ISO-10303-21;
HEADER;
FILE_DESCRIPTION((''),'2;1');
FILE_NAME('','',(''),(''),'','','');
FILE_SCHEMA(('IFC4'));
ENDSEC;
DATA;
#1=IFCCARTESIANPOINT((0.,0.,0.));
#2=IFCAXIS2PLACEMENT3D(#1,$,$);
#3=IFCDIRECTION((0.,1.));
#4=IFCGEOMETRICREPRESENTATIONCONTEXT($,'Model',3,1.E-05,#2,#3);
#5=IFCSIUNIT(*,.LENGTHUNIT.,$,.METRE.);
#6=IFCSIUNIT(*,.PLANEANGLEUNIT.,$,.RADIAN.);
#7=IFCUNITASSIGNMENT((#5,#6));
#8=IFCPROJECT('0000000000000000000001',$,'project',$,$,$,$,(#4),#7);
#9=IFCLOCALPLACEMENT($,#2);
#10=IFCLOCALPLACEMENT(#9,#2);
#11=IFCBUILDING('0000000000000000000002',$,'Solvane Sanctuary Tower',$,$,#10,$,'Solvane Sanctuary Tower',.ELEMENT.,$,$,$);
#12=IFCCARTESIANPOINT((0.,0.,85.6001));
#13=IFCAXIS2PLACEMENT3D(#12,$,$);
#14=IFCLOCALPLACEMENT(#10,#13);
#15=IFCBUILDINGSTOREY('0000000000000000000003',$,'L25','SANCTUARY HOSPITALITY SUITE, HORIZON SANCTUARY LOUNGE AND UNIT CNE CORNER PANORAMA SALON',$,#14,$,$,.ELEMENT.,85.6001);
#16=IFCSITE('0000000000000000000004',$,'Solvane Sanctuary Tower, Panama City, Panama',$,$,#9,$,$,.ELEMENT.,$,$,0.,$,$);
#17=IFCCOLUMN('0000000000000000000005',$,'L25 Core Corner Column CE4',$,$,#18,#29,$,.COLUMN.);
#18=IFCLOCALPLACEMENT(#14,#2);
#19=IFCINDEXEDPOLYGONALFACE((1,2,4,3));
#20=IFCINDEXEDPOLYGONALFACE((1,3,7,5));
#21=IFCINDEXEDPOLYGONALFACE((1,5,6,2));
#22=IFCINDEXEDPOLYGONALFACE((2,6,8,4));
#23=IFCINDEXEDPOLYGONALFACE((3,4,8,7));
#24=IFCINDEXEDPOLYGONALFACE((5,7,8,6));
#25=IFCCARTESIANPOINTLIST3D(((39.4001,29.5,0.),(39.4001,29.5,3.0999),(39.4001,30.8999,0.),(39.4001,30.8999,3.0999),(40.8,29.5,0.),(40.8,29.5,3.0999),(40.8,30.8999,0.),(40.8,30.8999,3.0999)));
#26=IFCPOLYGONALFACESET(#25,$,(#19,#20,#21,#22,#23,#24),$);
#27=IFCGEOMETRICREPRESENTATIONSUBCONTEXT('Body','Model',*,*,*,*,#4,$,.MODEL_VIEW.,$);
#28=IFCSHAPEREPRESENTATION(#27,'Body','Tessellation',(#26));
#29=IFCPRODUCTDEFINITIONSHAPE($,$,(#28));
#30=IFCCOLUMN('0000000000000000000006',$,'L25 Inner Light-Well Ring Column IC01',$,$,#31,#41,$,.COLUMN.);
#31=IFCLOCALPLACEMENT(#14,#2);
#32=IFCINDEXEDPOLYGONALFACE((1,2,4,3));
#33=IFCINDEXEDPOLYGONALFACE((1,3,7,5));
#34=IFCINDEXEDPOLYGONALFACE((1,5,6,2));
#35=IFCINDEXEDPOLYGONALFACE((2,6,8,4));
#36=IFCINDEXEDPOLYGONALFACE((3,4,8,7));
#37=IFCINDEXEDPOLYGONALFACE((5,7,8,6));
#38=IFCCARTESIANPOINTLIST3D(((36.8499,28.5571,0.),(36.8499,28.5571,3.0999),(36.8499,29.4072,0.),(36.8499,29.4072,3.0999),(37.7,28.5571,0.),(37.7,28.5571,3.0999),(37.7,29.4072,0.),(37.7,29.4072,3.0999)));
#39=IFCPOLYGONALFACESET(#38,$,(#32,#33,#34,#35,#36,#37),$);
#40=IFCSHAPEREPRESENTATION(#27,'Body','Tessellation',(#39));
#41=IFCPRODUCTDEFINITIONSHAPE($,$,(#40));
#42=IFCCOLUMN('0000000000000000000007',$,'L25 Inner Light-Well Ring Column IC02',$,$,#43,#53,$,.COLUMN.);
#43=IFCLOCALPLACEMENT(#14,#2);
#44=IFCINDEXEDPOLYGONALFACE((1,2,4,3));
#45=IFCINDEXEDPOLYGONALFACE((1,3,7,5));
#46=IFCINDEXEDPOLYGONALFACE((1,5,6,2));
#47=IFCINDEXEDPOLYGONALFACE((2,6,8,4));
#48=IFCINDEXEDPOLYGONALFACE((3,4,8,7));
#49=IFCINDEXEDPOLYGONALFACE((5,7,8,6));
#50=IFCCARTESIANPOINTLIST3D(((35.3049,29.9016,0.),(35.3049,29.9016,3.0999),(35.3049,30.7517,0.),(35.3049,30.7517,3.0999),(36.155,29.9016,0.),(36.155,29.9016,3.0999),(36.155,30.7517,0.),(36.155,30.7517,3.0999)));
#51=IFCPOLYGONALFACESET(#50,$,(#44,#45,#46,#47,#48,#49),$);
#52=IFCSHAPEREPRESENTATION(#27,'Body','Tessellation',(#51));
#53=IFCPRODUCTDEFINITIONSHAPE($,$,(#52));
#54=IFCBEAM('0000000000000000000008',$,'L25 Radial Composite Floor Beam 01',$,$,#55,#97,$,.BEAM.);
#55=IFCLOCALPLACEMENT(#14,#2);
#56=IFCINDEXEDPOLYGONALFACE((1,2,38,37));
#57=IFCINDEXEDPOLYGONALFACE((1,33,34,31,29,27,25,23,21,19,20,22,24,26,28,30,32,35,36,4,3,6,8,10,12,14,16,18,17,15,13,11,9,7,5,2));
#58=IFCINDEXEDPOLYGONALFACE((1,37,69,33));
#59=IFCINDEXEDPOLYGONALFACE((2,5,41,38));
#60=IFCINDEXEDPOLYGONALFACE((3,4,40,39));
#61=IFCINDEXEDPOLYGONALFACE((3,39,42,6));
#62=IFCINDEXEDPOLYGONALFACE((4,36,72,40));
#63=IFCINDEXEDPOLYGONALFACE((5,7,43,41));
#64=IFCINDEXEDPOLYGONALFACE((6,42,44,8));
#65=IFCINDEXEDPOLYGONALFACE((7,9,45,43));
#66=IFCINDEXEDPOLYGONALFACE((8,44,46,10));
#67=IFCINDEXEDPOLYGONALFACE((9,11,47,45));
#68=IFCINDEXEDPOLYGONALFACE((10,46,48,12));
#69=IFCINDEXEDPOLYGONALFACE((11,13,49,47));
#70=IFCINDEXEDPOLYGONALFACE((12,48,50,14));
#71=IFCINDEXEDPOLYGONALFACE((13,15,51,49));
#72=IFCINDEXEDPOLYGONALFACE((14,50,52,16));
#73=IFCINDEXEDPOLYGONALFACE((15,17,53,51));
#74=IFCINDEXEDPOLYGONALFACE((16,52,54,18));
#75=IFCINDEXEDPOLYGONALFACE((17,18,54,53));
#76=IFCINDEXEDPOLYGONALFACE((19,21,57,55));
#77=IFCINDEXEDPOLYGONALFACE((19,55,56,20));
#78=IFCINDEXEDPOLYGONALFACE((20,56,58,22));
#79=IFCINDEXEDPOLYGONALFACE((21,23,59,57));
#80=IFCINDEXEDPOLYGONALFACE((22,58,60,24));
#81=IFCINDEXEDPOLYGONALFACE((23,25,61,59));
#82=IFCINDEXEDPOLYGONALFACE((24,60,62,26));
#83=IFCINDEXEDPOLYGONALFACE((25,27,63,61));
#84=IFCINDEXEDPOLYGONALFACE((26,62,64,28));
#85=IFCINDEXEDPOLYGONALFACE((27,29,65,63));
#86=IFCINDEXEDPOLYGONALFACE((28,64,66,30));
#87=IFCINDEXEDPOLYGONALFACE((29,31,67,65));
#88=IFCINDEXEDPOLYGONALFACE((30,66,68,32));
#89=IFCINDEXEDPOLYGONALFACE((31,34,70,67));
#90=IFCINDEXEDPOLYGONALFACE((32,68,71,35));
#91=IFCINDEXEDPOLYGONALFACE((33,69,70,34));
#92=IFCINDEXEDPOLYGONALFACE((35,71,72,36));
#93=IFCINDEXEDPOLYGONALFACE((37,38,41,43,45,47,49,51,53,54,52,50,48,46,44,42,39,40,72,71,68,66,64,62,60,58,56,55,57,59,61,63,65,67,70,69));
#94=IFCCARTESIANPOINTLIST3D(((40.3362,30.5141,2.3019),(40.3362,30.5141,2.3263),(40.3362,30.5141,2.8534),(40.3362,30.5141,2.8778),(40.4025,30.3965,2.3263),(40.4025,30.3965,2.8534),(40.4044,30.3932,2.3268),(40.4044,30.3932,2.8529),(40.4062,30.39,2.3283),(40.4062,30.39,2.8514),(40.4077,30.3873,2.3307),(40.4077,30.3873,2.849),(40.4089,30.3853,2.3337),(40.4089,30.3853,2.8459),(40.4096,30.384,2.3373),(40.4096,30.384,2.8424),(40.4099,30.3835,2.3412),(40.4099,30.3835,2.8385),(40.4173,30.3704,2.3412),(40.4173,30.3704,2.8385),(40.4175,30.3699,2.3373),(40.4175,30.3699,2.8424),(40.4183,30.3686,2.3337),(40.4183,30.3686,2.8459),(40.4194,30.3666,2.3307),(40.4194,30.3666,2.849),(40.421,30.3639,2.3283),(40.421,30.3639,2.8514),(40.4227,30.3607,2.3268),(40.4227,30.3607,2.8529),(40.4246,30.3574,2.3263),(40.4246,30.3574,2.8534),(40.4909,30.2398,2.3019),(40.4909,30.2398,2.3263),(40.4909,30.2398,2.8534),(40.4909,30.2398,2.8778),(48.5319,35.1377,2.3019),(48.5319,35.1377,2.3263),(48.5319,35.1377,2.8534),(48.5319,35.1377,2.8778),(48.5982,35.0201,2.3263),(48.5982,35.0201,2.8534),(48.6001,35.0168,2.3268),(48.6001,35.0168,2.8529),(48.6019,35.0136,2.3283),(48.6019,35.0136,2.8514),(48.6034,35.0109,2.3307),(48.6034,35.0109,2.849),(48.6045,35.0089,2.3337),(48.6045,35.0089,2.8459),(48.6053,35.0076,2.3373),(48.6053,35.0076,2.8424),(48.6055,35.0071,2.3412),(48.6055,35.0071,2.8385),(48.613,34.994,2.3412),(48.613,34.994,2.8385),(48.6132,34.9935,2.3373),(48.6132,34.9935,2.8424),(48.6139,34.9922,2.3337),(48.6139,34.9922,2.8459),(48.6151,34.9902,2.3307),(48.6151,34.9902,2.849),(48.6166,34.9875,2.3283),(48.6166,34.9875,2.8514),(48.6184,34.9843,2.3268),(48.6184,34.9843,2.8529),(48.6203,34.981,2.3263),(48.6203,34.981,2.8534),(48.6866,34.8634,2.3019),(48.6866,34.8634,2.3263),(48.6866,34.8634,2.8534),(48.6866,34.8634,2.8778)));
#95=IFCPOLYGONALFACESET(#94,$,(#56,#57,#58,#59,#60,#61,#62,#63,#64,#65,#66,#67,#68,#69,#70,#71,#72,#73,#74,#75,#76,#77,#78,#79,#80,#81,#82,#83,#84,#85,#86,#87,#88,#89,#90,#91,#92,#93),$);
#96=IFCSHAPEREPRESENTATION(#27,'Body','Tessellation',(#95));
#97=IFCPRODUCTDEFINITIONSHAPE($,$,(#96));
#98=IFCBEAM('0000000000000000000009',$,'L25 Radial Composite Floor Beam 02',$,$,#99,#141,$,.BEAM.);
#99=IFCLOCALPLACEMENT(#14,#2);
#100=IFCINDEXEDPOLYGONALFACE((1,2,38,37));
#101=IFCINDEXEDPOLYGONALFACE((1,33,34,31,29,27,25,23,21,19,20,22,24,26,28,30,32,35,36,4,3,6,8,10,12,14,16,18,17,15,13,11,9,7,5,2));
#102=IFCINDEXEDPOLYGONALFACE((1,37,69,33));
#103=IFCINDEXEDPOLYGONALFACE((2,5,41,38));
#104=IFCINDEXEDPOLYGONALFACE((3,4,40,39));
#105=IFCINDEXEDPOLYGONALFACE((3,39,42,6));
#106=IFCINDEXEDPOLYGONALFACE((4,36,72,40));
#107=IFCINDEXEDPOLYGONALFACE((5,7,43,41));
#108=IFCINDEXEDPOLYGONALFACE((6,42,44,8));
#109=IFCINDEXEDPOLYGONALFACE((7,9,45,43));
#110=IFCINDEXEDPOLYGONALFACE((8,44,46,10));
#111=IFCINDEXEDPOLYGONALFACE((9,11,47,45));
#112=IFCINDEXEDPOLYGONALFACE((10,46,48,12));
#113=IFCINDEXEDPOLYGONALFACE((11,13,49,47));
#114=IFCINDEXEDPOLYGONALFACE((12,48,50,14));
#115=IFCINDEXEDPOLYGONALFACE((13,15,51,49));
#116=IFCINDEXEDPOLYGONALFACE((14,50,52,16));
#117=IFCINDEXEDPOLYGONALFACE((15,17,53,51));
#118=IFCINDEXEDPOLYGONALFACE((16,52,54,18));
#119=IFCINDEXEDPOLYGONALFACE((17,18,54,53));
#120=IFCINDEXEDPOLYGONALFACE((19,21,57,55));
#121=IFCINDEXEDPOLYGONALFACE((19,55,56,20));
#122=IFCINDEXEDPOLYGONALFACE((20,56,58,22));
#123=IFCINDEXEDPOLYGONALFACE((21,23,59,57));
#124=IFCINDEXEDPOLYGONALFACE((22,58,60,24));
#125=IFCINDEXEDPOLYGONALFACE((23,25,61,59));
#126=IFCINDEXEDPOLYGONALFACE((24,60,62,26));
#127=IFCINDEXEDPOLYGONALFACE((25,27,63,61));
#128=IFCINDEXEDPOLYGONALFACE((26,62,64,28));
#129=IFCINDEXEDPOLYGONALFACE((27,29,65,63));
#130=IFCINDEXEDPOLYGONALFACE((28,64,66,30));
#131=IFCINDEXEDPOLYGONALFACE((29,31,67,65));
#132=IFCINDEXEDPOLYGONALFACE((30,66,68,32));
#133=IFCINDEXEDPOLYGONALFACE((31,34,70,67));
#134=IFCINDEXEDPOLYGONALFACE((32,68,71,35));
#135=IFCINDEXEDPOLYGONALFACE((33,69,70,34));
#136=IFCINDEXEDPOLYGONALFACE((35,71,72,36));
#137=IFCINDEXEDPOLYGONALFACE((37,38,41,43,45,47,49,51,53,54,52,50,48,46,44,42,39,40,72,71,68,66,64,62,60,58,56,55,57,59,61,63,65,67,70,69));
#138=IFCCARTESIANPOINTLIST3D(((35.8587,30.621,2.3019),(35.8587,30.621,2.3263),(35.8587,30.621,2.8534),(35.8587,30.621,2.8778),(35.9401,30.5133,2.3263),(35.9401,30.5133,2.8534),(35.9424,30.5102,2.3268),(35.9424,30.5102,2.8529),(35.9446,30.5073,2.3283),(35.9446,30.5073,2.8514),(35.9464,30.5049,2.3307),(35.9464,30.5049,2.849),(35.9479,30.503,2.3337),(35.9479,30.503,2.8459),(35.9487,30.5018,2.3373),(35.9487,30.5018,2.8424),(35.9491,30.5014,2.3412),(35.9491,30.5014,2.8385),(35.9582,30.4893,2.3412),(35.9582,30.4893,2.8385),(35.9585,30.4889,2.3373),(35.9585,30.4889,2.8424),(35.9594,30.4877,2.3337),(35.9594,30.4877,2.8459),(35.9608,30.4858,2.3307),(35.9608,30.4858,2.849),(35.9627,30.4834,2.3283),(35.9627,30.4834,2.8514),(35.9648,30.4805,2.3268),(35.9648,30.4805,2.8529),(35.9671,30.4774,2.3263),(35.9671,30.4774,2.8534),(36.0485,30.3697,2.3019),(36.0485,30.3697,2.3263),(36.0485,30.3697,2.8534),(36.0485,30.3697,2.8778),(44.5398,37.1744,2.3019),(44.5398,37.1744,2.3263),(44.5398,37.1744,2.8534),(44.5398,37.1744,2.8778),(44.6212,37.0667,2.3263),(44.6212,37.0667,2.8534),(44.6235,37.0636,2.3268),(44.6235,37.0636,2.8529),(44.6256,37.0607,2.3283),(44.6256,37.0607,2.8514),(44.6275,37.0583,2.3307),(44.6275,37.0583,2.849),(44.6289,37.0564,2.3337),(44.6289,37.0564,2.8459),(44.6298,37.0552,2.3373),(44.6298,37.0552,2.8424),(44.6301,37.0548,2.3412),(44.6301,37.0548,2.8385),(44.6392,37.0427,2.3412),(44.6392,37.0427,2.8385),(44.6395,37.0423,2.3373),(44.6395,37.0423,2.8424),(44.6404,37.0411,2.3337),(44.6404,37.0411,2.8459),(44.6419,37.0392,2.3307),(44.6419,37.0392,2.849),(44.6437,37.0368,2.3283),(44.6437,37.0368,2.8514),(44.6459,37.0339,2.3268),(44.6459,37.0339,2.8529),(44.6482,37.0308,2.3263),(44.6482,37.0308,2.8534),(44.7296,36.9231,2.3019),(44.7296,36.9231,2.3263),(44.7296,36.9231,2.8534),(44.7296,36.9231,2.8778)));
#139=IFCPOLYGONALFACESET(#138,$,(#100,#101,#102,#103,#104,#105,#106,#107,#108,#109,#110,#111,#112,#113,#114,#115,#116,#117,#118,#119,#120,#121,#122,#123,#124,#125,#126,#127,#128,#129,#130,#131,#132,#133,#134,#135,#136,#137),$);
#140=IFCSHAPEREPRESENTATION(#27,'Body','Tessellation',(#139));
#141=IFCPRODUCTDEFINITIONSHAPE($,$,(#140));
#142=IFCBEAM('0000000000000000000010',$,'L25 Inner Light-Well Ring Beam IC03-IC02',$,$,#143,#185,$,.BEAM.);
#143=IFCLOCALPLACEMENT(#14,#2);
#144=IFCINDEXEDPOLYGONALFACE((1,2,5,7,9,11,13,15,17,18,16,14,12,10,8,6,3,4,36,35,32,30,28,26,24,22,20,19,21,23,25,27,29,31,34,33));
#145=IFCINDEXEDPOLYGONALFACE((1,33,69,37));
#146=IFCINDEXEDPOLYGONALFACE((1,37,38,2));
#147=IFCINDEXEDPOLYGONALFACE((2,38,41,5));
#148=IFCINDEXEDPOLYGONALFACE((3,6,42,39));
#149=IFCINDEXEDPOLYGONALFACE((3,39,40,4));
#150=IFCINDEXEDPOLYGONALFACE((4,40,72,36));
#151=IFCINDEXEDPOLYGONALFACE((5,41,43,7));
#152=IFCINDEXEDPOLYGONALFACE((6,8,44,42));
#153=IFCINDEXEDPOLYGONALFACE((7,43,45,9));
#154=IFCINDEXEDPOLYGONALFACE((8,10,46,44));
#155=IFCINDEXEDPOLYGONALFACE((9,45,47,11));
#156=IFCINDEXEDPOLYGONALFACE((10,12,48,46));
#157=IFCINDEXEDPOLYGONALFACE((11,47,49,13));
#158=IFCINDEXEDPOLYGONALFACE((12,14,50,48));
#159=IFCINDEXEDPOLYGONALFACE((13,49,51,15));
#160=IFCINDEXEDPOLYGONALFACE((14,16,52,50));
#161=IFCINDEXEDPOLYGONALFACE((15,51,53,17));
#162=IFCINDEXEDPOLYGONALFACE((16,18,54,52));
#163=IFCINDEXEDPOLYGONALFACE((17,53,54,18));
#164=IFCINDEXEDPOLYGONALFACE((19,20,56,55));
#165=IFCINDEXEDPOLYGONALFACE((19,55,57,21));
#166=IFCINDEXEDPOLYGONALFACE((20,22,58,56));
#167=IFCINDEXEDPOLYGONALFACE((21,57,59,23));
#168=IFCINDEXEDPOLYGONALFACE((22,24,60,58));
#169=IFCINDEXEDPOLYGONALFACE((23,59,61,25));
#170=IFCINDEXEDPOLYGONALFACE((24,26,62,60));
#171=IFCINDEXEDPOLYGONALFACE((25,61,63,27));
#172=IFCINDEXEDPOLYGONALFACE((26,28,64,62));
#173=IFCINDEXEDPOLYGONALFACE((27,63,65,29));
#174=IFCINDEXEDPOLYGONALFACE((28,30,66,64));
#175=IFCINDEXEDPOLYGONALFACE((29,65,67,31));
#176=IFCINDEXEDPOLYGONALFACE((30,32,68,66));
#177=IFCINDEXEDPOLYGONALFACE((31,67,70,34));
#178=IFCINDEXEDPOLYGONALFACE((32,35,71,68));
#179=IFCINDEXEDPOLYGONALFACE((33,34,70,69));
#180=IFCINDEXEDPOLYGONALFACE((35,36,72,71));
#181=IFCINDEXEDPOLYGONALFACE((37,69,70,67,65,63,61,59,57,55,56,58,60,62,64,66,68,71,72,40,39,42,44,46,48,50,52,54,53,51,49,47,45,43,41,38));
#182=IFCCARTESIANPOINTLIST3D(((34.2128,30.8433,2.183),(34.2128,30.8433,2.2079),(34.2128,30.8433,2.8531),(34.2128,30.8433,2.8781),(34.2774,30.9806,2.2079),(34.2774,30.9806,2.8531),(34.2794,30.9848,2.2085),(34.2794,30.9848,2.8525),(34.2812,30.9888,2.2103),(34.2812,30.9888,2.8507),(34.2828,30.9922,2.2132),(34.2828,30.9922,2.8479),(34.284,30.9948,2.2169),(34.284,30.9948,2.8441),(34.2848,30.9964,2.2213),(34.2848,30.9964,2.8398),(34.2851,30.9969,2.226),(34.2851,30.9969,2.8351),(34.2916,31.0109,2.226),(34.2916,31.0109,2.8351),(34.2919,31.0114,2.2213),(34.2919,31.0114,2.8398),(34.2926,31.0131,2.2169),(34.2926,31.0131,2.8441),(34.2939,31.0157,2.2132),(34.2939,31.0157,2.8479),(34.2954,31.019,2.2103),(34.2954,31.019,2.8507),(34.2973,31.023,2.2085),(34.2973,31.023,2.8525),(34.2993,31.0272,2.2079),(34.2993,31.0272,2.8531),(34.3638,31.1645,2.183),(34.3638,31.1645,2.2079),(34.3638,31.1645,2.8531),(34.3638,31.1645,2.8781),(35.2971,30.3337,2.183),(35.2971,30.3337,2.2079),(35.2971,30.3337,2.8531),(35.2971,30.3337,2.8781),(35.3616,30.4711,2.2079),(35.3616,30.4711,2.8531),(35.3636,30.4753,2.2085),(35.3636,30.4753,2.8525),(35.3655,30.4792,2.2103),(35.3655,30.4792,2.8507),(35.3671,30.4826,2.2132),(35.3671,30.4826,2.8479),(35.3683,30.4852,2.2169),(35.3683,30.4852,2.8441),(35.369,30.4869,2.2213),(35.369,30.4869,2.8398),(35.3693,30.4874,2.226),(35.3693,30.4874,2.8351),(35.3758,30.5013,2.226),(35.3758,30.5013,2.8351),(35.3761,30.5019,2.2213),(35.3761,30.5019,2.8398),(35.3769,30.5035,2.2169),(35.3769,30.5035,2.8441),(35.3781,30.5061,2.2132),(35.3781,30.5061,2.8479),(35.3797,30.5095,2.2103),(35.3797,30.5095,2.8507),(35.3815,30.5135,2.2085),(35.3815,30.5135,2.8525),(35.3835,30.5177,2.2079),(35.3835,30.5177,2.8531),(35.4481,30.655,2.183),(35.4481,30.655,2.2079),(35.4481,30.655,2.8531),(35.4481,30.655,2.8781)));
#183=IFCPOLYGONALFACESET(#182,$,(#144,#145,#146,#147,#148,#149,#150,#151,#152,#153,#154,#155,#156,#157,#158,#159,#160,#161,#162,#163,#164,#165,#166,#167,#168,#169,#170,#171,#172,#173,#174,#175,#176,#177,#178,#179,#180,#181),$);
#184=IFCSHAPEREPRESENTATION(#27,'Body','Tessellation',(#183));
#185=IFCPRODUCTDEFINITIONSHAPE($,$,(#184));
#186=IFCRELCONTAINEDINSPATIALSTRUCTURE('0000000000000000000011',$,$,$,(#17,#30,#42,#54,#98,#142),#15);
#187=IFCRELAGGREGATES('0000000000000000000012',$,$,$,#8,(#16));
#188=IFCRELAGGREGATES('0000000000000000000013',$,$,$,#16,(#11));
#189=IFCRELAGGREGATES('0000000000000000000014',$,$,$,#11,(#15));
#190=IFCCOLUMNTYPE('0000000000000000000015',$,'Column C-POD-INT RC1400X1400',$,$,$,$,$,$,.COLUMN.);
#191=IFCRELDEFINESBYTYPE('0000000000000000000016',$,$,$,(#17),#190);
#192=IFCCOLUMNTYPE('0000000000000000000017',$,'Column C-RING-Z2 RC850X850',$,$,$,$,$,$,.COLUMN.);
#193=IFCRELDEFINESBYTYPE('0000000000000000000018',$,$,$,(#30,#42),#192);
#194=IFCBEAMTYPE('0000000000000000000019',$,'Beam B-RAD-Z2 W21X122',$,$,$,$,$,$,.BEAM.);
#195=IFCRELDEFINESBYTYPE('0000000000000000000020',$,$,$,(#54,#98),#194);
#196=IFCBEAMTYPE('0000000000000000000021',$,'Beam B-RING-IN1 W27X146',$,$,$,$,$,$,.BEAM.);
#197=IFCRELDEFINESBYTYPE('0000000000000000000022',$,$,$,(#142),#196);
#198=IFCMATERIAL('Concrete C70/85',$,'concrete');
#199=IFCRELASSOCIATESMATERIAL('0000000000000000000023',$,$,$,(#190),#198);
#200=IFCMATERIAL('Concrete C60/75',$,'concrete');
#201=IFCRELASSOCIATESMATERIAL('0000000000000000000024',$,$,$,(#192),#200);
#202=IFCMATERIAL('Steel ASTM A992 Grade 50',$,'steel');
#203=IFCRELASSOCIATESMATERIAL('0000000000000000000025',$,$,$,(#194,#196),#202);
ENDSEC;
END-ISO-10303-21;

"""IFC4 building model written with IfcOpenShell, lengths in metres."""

from ifc_helpers import new_model, si_unit, direction, frame, origin, origin_2d, place, context, subcontext, project, spatial, rectangle, i_section, extrude, material, material_profile, profile_set, type_object, element, save


model = new_model("IFC4")

# Units and contexts
model_context = context("Model", 3, precision=1e-05, world=origin(), true_north=direction((0.0, 1.0)))
body_context = subcontext(model_context, "Body", "Model", "MODEL_VIEW")
ifc_project = project(units=[si_unit("LENGTHUNIT", "METRE"), si_unit("PLANEANGLEUNIT", "RADIAN")], contexts=[model_context])

# Site, building, storey
site_placement = place(None, origin())
site = spatial("IfcSite", under=ifc_project, at=site_placement, Name="Solvane Sanctuary Tower, Panama City, Panama", CompositionType="ELEMENT", RefElevation=0.0)
building_placement = place(site_placement, origin())
building = spatial("IfcBuilding", under=site, at=building_placement, Name="Solvane Sanctuary Tower", LongName="Solvane Sanctuary Tower", CompositionType="ELEMENT")
storey_placement = place(building_placement, frame((0.0, 0.0, 85.6001)))
storey = spatial("IfcBuildingStorey", under=building, at=storey_placement, Name="L25", Description="SANCTUARY HOSPITALITY SUITE, HORIZON SANCTUARY LOUNGE AND UNIT CNE CORNER PANORAMA SALON", CompositionType="ELEMENT", Elevation=85.6001)

# Columns
ifc_material_1 = material(Name="Concrete C70/85", Category="concrete")
ifc_material_profile_1 = material_profile(ifc_material_1, rectangle(XDim=1.3999, YDim=1.3999, at=origin_2d()), Name="RC1400X1400")
ifc_profile_set_1 = profile_set([ifc_material_profile_1], Name="Concrete C70/85")
column_type_1 = type_object("IfcColumnType", Name="Column C-POD-INT RC1400X1400", PredefinedType="COLUMN", material=ifc_profile_set_1)
column_placement = place(storey_placement, frame((40.1001, 30.2, 0.0), z_axis=(0.0, 0.0, 1.0), x_axis=(1.0, 0.0, 0.0)))
element("IfcColumn", 1, at=column_placement, inside=storey, type_object=column_type_1, Name="L25 Core Corner Column CE4", PredefinedType="COLUMN", context=body_context, shape_type="SweptSolid", body=[
    extrude(rectangle(XDim=1.3999, YDim=1.3999, at=origin_2d()), origin(), (0.0, 0.0, 1.0), 3.0999),
])
ifc_material_2 = material(Name="Concrete C60/75", Category="concrete")
ifc_material_profile_2 = material_profile(ifc_material_2, rectangle(XDim=0.8501, YDim=0.8501, at=origin_2d()), Name="RC850X850")
ifc_profile_set_2 = profile_set([ifc_material_profile_2], Name="Concrete C60/75")
column_type_2 = type_object("IfcColumnType", Name="Column C-RING-Z2 RC850X850", PredefinedType="COLUMN", material=ifc_profile_set_2)
for number, where, z_axis, x_axis, name in (
    (2, (37.2749, 28.9822, 0.0), (0.0, 0.0, 1.0), (1.0, 0.0, 0.0), "L25 Inner Light-Well Ring Column IC01"),
    (3, (35.73, 30.3267, 0.0), (0.0, 0.0, 1.0), (1.0, 0.0, 0.0), "L25 Inner Light-Well Ring Column IC02"),
):
    element("IfcColumn", number, at=place(storey_placement, frame(where, z_axis=z_axis, x_axis=x_axis)), inside=storey, type_object=column_type_2, Name=name, PredefinedType="COLUMN", context=body_context, shape_type="SweptSolid", body=[
        extrude(rectangle(XDim=0.8501, YDim=0.8501, at=origin_2d()), origin(), (0.0, 0.0, 1.0), 3.0999),
    ])

# Beams
ifc_material_3 = material(Name="Steel ASTM A992 Grade 50", Category="steel")
ifc_material_profile_3 = material_profile(ifc_material_3, i_section(OverallWidth=0.3149, OverallDepth=0.5759, WebThickness=0.0151, FlangeThickness=0.0244, FilletRadius=0.0149, at=origin_2d()), Name="W21X122")
ifc_profile_set_3 = profile_set([ifc_material_profile_3], Name="Steel ASTM A992 Grade 50")
beam_type_1 = type_object("IfcBeamType", Name="Beam B-RAD-Z2 W21X122", PredefinedType="BEAM", material=ifc_profile_set_3)
beam_1_placement = place(storey_placement, frame((40.4136, 30.377, 2.5898), z_axis=(0.87096, 0.491353, 0.0), x_axis=(-0.491353, 0.87096, 0.0)))
element("IfcBeam", 4, at=beam_1_placement, inside=storey, type_object=beam_type_1, Name="L25 Radial Composite Floor Beam 01", PredefinedType="BEAM", context=body_context, shape_type="SweptSolid", body=[
    extrude(i_section(OverallWidth=0.3149, OverallDepth=0.5759, WebThickness=0.0151, FlangeThickness=0.0244, FilletRadius=0.0149, at=origin_2d()), origin(), (0.0, 0.0, 1.0), 9.4099),
])
beam_2_placement = place(storey_placement, frame((35.9536, 30.4954, 2.5898), z_axis=(0.798116, 0.602504, 0.0), x_axis=(-0.602504, 0.798116, 0.0)))
element("IfcBeam", 5, at=beam_2_placement, inside=storey, type_object=beam_type_1, Name="L25 Radial Composite Floor Beam 02", PredefinedType="BEAM", context=body_context, shape_type="SweptSolid", body=[
    extrude(i_section(OverallWidth=0.3149, OverallDepth=0.5759, WebThickness=0.0151, FlangeThickness=0.0244, FilletRadius=0.0149, at=origin_2d()), origin(), (0.0, 0.0, 1.0), 10.877),
])
ifc_material_profile_4 = material_profile(ifc_material_3, i_section(OverallWidth=0.355, OverallDepth=0.6951, WebThickness=0.0154, FlangeThickness=0.0249, FilletRadius=0.0181, at=origin_2d()), Name="W27X146")
ifc_profile_set_4 = profile_set([ifc_material_profile_4], Name="Steel ASTM A992 Grade 50")
beam_type_2 = type_object("IfcBeamType", Name="Beam B-RING-IN1 W27X146", PredefinedType="BEAM", material=ifc_profile_set_4)
beam_3_placement = place(storey_placement, frame((34.2883, 31.0039, 2.5305), z_axis=(0.905045, -0.425316, 0.0), x_axis=(0.425316, 0.905045, 0.0)))
element("IfcBeam", 6, at=beam_3_placement, inside=storey, type_object=beam_type_2, Name="L25 Inner Light-Well Ring Beam IC03-IC02", PredefinedType="BEAM", context=body_context, shape_type="SweptSolid", body=[
    extrude(i_section(OverallWidth=0.355, OverallDepth=0.6951, WebThickness=0.0154, FlangeThickness=0.0249, FilletRadius=0.0181, at=origin_2d()), origin(), (0.0, 0.0, 1.0), 1.198),
])

save(model, "model.ifc")
